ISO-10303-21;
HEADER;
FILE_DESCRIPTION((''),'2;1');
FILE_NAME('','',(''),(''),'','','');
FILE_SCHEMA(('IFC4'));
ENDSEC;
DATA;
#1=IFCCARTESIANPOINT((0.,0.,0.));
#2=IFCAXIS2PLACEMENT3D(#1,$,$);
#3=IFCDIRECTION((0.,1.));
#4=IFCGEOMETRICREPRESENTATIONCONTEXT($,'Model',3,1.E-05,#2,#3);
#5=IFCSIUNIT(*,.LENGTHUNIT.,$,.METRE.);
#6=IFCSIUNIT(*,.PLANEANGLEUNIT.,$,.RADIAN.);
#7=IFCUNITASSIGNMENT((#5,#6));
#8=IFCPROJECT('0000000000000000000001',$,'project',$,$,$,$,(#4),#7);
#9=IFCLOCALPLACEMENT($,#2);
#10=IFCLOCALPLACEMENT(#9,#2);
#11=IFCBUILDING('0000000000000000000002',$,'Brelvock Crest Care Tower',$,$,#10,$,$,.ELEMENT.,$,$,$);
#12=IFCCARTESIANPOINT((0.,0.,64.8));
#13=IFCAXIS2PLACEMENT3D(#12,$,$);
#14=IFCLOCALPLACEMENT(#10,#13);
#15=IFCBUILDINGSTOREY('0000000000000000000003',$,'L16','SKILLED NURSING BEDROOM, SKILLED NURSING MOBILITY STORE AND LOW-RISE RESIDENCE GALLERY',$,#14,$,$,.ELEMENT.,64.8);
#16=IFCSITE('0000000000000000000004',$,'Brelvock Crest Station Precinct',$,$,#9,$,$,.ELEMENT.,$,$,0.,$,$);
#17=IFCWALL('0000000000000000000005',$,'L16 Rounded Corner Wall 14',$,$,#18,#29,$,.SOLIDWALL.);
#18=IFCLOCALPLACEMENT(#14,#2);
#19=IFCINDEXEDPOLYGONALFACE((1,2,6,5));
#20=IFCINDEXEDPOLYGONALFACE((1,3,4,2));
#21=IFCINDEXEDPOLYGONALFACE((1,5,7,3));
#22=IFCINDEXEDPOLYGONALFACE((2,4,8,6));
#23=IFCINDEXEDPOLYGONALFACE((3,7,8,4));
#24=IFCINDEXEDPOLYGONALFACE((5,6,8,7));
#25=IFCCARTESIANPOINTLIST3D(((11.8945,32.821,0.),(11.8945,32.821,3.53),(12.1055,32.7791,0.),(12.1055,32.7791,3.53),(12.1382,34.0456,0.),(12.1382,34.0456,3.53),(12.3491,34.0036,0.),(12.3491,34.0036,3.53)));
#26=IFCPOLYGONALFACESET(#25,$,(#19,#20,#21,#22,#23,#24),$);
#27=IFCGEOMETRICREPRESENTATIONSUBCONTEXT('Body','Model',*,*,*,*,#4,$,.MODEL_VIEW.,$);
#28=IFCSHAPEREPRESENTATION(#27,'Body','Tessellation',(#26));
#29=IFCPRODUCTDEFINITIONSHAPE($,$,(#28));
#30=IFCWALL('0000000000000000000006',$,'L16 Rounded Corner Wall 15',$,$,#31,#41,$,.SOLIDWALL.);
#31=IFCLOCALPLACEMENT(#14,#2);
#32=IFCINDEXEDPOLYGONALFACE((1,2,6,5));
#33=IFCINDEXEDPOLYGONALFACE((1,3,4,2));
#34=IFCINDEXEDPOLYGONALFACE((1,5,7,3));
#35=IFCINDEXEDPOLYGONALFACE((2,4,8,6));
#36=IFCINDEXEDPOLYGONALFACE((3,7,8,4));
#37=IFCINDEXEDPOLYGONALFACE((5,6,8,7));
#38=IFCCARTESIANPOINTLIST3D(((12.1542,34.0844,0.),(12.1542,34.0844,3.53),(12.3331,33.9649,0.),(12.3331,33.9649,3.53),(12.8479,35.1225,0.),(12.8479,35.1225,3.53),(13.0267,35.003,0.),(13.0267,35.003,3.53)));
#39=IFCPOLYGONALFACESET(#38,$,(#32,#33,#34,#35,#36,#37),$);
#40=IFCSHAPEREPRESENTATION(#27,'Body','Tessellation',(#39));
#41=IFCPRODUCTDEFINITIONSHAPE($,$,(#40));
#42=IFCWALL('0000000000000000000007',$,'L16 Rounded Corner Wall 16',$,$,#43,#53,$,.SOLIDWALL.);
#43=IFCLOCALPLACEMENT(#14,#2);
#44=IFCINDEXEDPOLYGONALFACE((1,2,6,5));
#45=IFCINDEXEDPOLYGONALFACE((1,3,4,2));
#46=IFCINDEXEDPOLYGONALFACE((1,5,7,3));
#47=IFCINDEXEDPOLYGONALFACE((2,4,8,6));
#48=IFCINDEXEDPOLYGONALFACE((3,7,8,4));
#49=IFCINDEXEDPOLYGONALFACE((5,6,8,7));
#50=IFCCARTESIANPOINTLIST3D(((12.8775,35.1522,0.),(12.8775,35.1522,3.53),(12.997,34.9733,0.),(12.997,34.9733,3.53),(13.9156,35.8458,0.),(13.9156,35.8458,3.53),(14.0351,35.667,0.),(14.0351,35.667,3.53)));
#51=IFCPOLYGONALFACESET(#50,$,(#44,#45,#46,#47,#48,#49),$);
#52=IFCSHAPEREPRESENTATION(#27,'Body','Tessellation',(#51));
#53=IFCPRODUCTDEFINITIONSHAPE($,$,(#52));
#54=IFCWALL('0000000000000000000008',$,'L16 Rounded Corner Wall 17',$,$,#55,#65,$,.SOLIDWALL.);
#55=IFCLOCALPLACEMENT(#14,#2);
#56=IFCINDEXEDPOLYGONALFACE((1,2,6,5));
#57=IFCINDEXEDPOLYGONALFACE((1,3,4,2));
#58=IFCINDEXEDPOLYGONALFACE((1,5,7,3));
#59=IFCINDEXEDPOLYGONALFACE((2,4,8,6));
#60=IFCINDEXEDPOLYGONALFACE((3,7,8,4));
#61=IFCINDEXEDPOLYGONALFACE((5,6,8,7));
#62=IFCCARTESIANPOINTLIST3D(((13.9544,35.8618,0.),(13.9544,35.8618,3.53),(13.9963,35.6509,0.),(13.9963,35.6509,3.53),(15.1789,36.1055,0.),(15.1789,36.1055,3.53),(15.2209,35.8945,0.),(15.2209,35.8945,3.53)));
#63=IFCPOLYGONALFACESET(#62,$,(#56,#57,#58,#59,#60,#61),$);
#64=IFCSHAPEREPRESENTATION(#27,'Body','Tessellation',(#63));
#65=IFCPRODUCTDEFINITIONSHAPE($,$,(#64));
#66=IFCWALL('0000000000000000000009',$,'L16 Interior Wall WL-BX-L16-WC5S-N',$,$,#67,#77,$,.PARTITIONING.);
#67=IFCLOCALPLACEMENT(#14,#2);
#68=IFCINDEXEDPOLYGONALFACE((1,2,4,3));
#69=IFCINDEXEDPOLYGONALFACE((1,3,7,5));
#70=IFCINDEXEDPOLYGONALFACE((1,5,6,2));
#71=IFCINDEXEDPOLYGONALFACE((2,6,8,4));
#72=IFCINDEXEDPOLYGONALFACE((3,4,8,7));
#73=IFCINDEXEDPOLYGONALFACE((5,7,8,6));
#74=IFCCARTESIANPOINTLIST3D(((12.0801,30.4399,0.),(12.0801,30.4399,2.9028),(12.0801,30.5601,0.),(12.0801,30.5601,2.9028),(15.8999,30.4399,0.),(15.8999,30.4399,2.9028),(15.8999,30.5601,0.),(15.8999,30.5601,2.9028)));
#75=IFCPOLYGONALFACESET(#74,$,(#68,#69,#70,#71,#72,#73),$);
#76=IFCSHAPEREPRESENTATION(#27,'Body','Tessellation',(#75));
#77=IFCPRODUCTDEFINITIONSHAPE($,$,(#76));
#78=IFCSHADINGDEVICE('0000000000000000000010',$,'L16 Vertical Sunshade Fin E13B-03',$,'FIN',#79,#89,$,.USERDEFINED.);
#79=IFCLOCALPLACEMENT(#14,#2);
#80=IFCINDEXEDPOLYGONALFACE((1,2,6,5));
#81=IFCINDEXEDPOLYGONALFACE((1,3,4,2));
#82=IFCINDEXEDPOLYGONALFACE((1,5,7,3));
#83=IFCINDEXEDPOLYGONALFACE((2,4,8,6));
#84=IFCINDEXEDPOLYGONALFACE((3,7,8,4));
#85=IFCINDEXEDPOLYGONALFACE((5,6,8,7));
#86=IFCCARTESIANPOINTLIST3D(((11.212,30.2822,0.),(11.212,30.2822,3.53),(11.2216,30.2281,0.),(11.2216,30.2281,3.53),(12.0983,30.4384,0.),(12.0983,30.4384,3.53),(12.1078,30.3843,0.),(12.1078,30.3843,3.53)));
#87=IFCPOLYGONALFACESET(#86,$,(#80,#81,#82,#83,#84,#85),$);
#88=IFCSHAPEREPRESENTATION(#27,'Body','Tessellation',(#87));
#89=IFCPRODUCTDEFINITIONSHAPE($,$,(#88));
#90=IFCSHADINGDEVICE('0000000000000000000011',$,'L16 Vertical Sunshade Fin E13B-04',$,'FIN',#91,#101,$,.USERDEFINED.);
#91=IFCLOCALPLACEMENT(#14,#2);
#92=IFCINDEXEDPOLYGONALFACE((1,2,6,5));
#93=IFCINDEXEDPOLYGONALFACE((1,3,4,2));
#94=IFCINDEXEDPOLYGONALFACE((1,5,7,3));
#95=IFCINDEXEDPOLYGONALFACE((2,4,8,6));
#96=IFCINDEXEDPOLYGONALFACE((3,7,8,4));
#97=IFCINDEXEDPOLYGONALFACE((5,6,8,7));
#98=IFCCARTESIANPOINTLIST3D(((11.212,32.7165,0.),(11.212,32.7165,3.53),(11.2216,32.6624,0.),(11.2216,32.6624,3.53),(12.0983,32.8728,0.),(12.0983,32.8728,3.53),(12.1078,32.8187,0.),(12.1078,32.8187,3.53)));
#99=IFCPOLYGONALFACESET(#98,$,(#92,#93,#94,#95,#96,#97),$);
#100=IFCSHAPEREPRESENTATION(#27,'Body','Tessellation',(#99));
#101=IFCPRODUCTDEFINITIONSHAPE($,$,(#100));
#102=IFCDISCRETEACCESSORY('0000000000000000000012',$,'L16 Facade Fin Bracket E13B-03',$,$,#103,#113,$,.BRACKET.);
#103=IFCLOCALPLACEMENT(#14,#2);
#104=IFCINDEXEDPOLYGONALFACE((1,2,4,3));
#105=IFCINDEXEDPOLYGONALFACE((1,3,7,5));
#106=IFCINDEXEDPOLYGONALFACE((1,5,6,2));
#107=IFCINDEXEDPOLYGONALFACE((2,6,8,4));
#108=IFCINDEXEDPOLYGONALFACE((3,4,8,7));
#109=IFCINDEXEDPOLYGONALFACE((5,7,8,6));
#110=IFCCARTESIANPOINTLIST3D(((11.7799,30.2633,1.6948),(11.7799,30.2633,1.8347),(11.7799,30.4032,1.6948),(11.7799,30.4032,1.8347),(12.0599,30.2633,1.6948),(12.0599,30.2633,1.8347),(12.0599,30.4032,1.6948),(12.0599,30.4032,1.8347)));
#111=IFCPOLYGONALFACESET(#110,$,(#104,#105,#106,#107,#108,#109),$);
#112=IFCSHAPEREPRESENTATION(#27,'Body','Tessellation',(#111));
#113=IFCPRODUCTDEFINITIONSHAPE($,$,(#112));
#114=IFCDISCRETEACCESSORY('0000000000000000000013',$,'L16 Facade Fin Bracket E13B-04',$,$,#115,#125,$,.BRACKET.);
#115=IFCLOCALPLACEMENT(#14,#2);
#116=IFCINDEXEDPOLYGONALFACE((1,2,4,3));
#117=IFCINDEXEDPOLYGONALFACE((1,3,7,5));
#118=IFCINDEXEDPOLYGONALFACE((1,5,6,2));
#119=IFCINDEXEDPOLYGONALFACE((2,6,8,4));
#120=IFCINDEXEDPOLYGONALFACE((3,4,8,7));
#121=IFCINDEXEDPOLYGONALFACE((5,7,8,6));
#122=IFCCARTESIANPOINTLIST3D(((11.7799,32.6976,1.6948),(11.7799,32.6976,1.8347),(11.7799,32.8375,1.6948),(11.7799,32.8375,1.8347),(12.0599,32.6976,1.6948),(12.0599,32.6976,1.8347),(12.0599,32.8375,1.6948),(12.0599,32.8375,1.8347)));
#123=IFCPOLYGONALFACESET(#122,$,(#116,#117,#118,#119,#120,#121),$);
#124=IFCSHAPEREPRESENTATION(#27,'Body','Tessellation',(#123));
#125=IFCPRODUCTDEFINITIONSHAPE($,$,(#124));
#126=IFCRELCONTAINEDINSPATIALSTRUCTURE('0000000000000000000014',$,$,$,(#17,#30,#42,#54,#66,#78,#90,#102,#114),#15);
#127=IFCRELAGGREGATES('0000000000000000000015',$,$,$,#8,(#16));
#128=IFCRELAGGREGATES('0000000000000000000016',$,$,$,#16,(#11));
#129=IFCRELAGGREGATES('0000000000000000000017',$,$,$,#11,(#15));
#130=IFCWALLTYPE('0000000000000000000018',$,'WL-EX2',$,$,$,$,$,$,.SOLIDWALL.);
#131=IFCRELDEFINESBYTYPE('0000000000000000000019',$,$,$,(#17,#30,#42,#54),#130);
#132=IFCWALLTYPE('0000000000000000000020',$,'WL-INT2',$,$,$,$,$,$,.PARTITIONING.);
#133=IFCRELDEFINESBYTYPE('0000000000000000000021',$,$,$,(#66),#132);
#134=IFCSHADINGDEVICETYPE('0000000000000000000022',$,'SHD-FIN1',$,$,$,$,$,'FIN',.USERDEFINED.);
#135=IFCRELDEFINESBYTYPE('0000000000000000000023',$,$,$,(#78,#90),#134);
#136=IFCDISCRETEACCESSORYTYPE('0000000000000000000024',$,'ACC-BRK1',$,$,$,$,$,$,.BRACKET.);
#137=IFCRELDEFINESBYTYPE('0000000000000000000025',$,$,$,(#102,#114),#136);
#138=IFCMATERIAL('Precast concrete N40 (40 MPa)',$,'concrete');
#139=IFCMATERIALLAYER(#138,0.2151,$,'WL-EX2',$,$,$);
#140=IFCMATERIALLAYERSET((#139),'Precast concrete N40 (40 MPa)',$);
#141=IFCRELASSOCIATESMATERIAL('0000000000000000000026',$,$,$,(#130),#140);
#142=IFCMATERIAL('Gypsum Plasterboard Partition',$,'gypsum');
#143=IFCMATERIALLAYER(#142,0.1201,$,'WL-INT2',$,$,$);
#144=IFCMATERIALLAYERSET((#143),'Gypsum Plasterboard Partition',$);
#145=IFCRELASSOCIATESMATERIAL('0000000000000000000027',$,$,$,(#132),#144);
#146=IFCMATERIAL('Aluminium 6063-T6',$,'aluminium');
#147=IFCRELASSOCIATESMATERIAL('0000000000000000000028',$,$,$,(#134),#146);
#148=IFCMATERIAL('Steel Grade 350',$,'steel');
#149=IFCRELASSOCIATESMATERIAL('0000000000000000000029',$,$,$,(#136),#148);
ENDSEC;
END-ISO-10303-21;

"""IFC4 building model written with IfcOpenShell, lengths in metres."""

from ifc_helpers import new_model, si_unit, direction, frame, frame_2d, origin, origin_2d, place, context, subcontext, project, spatial, rectangle, extrude, source, transform, mapped, material, layer, layer_set, material_profile, profile_set, type_object, element, save


model = new_model("IFC4")

# Units and contexts
model_context = context("Model", 3, precision=1e-05, world=origin(), true_north=direction((0.0, 1.0)))
body_context = subcontext(model_context, "Body", "Model", "MODEL_VIEW")
ifc_project = project(units=[si_unit("LENGTHUNIT", "METRE"), si_unit("PLANEANGLEUNIT", "RADIAN")], contexts=[model_context])

# Site, building, storey
site_placement = place(None, origin())
site = spatial("IfcSite", under=ifc_project, at=site_placement, Name="Brelvock Crest Station Precinct", CompositionType="ELEMENT", RefElevation=0.0)
building_placement = place(site_placement, origin())
building = spatial("IfcBuilding", under=site, at=building_placement, Name="Brelvock Crest Care Tower", CompositionType="ELEMENT")
storey_placement = place(building_placement, frame((0.0, 0.0, 64.8)))
storey = spatial("IfcBuildingStorey", under=building, at=storey_placement, Name="L16", Description="SKILLED NURSING BEDROOM, SKILLED NURSING MOBILITY STORE AND LOW-RISE RESIDENCE GALLERY", CompositionType="ELEMENT", Elevation=64.8)

# Shared definitions
ifc_material_1 = material(Name="Steel Grade 350", Category="steel")

# Shared definitions
ifc_material_2 = material(Name="Aluminium 6063-T6", Category="aluminium")

# Walls
ifc_material_3 = material(Name="Precast concrete N40 (40 MPa)", Category="concrete")
ifc_layer_1 = layer(ifc_material_3, 0.2151, Name="WL-EX2")
ifc_layer_set_1 = layer_set([ifc_layer_1], Name="Precast concrete N40 (40 MPa)")
wall_type_1 = type_object("IfcWallType", Name="WL-EX2", PredefinedType="SOLIDWALL", material=ifc_layer_set_1)
for number, where, z_axis, x_axis, name in (
    (1, (12.0, 32.8, 0.0), (0.0, 0.0, 1.0), (0.195138, 0.980776, 0.0), "L16 Rounded Corner Wall 14"),
    (2, (12.2437, 34.0247, 0.0), (0.0, 0.0, 1.0), (0.555557, 0.831478, 0.0), "L16 Rounded Corner Wall 15"),
    (3, (12.9373, 35.0627, 0.0), (0.0, 0.0, 1.0), (0.831478, 0.555557, 0.0), "L16 Rounded Corner Wall 16"),
    (4, (13.9753, 35.7563, 0.0), (0.0, 0.0, 1.0), (0.980776, 0.195138, 0.0), "L16 Rounded Corner Wall 17"),
):
    element("IfcWall", number, at=place(storey_placement, frame(where, z_axis=z_axis, x_axis=x_axis)), inside=storey, type_object=wall_type_1, Name=name, PredefinedType="SOLIDWALL", context=body_context, shape_type="SweptSolid", body=[
        extrude(rectangle(XDim=1.2485, YDim=0.2151, at=frame_2d((0.6243, 0.0))), origin(), (0.0, 0.0, 1.0), 3.53),
    ])
ifc_material_4 = material(Name="Gypsum Plasterboard Partition", Category="gypsum")
ifc_layer_2 = layer(ifc_material_4, 0.1201, Name="WL-INT2")
ifc_layer_set_2 = layer_set([ifc_layer_2], Name="Gypsum Plasterboard Partition")
wall_type_2 = type_object("IfcWallType", Name="WL-INT2", PredefinedType="PARTITIONING", material=ifc_layer_set_2)
wall_placement = place(storey_placement, frame((12.0801, 30.5, 0.0), z_axis=(0.0, 0.0, 1.0), x_axis=(1.0, 0.0, 0.0)))
element("IfcWall", 5, at=wall_placement, inside=storey, type_object=wall_type_2, Name="L16 Interior Wall WL-BX-L16-WC5S-N", PredefinedType="PARTITIONING", context=body_context, shape_type="SweptSolid", body=[
    extrude(rectangle(XDim=3.8198, YDim=0.1201, at=frame_2d((1.9099, 0.0))), origin(), (0.0, 0.0, 1.0), 2.9028),
])

# Shading devices
ifc_material_profile_1 = material_profile(ifc_material_2, rectangle(XDim=0.0549, YDim=0.8999, at=origin_2d()), Name="FIN55x900")
ifc_profile_set_1 = profile_set([ifc_material_profile_1], Name="Aluminium 6063-T6")
shading_device_type = type_object("IfcShadingDeviceType", Name="SHD-FIN1", ElementType="FIN", PredefinedType="USERDEFINED", material=ifc_profile_set_1)
shared_shape_1 = source(origin(), body_context, "Body", "SweptSolid", [
    extrude(rectangle(XDim=0.0549, YDim=0.8999, at=origin_2d()), origin(), (0.0, 0.0, 1.0), 3.53),
])
for number, where, z_axis, x_axis, name in (
    (6, (11.6599, 30.3333, 0.0), (0.0, 0.0, 1.0), (-0.173648, 0.984808, 0.0), "L16 Vertical Sunshade Fin E13B-03"),
    (7, (11.6599, 32.7676, 0.0), (0.0, 0.0, 1.0), (-0.173648, 0.984808, 0.0), "L16 Vertical Sunshade Fin E13B-04"),
):
    element("IfcShadingDevice", number, at=place(storey_placement, frame(where, z_axis=z_axis, x_axis=x_axis)), inside=storey, type_object=shading_device_type, Name=name, ObjectType="FIN", PredefinedType="USERDEFINED", context=body_context, shape_type="MappedRepresentation", body=[
        mapped(shared_shape_1, transform((0.0, 0.0, 0.0), x_axis=(1.0, 0.0, 0.0), y_axis=(0.0, 1.0, 0.0), z_axis=(0.0, 0.0, 1.0), scale=1.0)),
    ])

# Discrete accessories
discrete_accessory_type = type_object("IfcDiscreteAccessoryType", Name="ACC-BRK1", PredefinedType="BRACKET", material=ifc_material_1)
shared_shape_2 = source(origin(), body_context, "Body", "SweptSolid", [
    extrude(rectangle(XDim=0.28, YDim=0.1399, at=origin_2d()), origin(), (0.0, 0.0, 1.0), 0.1399),
])
for number, where, z_axis, x_axis, name in (
    (8, (11.9199, 30.3333, 1.6948), (0.0, 0.0, 1.0), (-1.0, 0.0, 0.0), "L16 Facade Fin Bracket E13B-03"),
    (9, (11.9199, 32.7676, 1.6948), (0.0, 0.0, 1.0), (-1.0, 0.0, 0.0), "L16 Facade Fin Bracket E13B-04"),
):
    element("IfcDiscreteAccessory", number, at=place(storey_placement, frame(where, z_axis=z_axis, x_axis=x_axis)), inside=storey, type_object=discrete_accessory_type, Name=name, PredefinedType="BRACKET", context=body_context, shape_type="MappedRepresentation", body=[
        mapped(shared_shape_2, transform((0.0, 0.0, 0.0), x_axis=(1.0, 0.0, 0.0), y_axis=(0.0, 1.0, 0.0), z_axis=(0.0, 0.0, 1.0), scale=1.0)),
    ])

save(model, "model.ifc")
